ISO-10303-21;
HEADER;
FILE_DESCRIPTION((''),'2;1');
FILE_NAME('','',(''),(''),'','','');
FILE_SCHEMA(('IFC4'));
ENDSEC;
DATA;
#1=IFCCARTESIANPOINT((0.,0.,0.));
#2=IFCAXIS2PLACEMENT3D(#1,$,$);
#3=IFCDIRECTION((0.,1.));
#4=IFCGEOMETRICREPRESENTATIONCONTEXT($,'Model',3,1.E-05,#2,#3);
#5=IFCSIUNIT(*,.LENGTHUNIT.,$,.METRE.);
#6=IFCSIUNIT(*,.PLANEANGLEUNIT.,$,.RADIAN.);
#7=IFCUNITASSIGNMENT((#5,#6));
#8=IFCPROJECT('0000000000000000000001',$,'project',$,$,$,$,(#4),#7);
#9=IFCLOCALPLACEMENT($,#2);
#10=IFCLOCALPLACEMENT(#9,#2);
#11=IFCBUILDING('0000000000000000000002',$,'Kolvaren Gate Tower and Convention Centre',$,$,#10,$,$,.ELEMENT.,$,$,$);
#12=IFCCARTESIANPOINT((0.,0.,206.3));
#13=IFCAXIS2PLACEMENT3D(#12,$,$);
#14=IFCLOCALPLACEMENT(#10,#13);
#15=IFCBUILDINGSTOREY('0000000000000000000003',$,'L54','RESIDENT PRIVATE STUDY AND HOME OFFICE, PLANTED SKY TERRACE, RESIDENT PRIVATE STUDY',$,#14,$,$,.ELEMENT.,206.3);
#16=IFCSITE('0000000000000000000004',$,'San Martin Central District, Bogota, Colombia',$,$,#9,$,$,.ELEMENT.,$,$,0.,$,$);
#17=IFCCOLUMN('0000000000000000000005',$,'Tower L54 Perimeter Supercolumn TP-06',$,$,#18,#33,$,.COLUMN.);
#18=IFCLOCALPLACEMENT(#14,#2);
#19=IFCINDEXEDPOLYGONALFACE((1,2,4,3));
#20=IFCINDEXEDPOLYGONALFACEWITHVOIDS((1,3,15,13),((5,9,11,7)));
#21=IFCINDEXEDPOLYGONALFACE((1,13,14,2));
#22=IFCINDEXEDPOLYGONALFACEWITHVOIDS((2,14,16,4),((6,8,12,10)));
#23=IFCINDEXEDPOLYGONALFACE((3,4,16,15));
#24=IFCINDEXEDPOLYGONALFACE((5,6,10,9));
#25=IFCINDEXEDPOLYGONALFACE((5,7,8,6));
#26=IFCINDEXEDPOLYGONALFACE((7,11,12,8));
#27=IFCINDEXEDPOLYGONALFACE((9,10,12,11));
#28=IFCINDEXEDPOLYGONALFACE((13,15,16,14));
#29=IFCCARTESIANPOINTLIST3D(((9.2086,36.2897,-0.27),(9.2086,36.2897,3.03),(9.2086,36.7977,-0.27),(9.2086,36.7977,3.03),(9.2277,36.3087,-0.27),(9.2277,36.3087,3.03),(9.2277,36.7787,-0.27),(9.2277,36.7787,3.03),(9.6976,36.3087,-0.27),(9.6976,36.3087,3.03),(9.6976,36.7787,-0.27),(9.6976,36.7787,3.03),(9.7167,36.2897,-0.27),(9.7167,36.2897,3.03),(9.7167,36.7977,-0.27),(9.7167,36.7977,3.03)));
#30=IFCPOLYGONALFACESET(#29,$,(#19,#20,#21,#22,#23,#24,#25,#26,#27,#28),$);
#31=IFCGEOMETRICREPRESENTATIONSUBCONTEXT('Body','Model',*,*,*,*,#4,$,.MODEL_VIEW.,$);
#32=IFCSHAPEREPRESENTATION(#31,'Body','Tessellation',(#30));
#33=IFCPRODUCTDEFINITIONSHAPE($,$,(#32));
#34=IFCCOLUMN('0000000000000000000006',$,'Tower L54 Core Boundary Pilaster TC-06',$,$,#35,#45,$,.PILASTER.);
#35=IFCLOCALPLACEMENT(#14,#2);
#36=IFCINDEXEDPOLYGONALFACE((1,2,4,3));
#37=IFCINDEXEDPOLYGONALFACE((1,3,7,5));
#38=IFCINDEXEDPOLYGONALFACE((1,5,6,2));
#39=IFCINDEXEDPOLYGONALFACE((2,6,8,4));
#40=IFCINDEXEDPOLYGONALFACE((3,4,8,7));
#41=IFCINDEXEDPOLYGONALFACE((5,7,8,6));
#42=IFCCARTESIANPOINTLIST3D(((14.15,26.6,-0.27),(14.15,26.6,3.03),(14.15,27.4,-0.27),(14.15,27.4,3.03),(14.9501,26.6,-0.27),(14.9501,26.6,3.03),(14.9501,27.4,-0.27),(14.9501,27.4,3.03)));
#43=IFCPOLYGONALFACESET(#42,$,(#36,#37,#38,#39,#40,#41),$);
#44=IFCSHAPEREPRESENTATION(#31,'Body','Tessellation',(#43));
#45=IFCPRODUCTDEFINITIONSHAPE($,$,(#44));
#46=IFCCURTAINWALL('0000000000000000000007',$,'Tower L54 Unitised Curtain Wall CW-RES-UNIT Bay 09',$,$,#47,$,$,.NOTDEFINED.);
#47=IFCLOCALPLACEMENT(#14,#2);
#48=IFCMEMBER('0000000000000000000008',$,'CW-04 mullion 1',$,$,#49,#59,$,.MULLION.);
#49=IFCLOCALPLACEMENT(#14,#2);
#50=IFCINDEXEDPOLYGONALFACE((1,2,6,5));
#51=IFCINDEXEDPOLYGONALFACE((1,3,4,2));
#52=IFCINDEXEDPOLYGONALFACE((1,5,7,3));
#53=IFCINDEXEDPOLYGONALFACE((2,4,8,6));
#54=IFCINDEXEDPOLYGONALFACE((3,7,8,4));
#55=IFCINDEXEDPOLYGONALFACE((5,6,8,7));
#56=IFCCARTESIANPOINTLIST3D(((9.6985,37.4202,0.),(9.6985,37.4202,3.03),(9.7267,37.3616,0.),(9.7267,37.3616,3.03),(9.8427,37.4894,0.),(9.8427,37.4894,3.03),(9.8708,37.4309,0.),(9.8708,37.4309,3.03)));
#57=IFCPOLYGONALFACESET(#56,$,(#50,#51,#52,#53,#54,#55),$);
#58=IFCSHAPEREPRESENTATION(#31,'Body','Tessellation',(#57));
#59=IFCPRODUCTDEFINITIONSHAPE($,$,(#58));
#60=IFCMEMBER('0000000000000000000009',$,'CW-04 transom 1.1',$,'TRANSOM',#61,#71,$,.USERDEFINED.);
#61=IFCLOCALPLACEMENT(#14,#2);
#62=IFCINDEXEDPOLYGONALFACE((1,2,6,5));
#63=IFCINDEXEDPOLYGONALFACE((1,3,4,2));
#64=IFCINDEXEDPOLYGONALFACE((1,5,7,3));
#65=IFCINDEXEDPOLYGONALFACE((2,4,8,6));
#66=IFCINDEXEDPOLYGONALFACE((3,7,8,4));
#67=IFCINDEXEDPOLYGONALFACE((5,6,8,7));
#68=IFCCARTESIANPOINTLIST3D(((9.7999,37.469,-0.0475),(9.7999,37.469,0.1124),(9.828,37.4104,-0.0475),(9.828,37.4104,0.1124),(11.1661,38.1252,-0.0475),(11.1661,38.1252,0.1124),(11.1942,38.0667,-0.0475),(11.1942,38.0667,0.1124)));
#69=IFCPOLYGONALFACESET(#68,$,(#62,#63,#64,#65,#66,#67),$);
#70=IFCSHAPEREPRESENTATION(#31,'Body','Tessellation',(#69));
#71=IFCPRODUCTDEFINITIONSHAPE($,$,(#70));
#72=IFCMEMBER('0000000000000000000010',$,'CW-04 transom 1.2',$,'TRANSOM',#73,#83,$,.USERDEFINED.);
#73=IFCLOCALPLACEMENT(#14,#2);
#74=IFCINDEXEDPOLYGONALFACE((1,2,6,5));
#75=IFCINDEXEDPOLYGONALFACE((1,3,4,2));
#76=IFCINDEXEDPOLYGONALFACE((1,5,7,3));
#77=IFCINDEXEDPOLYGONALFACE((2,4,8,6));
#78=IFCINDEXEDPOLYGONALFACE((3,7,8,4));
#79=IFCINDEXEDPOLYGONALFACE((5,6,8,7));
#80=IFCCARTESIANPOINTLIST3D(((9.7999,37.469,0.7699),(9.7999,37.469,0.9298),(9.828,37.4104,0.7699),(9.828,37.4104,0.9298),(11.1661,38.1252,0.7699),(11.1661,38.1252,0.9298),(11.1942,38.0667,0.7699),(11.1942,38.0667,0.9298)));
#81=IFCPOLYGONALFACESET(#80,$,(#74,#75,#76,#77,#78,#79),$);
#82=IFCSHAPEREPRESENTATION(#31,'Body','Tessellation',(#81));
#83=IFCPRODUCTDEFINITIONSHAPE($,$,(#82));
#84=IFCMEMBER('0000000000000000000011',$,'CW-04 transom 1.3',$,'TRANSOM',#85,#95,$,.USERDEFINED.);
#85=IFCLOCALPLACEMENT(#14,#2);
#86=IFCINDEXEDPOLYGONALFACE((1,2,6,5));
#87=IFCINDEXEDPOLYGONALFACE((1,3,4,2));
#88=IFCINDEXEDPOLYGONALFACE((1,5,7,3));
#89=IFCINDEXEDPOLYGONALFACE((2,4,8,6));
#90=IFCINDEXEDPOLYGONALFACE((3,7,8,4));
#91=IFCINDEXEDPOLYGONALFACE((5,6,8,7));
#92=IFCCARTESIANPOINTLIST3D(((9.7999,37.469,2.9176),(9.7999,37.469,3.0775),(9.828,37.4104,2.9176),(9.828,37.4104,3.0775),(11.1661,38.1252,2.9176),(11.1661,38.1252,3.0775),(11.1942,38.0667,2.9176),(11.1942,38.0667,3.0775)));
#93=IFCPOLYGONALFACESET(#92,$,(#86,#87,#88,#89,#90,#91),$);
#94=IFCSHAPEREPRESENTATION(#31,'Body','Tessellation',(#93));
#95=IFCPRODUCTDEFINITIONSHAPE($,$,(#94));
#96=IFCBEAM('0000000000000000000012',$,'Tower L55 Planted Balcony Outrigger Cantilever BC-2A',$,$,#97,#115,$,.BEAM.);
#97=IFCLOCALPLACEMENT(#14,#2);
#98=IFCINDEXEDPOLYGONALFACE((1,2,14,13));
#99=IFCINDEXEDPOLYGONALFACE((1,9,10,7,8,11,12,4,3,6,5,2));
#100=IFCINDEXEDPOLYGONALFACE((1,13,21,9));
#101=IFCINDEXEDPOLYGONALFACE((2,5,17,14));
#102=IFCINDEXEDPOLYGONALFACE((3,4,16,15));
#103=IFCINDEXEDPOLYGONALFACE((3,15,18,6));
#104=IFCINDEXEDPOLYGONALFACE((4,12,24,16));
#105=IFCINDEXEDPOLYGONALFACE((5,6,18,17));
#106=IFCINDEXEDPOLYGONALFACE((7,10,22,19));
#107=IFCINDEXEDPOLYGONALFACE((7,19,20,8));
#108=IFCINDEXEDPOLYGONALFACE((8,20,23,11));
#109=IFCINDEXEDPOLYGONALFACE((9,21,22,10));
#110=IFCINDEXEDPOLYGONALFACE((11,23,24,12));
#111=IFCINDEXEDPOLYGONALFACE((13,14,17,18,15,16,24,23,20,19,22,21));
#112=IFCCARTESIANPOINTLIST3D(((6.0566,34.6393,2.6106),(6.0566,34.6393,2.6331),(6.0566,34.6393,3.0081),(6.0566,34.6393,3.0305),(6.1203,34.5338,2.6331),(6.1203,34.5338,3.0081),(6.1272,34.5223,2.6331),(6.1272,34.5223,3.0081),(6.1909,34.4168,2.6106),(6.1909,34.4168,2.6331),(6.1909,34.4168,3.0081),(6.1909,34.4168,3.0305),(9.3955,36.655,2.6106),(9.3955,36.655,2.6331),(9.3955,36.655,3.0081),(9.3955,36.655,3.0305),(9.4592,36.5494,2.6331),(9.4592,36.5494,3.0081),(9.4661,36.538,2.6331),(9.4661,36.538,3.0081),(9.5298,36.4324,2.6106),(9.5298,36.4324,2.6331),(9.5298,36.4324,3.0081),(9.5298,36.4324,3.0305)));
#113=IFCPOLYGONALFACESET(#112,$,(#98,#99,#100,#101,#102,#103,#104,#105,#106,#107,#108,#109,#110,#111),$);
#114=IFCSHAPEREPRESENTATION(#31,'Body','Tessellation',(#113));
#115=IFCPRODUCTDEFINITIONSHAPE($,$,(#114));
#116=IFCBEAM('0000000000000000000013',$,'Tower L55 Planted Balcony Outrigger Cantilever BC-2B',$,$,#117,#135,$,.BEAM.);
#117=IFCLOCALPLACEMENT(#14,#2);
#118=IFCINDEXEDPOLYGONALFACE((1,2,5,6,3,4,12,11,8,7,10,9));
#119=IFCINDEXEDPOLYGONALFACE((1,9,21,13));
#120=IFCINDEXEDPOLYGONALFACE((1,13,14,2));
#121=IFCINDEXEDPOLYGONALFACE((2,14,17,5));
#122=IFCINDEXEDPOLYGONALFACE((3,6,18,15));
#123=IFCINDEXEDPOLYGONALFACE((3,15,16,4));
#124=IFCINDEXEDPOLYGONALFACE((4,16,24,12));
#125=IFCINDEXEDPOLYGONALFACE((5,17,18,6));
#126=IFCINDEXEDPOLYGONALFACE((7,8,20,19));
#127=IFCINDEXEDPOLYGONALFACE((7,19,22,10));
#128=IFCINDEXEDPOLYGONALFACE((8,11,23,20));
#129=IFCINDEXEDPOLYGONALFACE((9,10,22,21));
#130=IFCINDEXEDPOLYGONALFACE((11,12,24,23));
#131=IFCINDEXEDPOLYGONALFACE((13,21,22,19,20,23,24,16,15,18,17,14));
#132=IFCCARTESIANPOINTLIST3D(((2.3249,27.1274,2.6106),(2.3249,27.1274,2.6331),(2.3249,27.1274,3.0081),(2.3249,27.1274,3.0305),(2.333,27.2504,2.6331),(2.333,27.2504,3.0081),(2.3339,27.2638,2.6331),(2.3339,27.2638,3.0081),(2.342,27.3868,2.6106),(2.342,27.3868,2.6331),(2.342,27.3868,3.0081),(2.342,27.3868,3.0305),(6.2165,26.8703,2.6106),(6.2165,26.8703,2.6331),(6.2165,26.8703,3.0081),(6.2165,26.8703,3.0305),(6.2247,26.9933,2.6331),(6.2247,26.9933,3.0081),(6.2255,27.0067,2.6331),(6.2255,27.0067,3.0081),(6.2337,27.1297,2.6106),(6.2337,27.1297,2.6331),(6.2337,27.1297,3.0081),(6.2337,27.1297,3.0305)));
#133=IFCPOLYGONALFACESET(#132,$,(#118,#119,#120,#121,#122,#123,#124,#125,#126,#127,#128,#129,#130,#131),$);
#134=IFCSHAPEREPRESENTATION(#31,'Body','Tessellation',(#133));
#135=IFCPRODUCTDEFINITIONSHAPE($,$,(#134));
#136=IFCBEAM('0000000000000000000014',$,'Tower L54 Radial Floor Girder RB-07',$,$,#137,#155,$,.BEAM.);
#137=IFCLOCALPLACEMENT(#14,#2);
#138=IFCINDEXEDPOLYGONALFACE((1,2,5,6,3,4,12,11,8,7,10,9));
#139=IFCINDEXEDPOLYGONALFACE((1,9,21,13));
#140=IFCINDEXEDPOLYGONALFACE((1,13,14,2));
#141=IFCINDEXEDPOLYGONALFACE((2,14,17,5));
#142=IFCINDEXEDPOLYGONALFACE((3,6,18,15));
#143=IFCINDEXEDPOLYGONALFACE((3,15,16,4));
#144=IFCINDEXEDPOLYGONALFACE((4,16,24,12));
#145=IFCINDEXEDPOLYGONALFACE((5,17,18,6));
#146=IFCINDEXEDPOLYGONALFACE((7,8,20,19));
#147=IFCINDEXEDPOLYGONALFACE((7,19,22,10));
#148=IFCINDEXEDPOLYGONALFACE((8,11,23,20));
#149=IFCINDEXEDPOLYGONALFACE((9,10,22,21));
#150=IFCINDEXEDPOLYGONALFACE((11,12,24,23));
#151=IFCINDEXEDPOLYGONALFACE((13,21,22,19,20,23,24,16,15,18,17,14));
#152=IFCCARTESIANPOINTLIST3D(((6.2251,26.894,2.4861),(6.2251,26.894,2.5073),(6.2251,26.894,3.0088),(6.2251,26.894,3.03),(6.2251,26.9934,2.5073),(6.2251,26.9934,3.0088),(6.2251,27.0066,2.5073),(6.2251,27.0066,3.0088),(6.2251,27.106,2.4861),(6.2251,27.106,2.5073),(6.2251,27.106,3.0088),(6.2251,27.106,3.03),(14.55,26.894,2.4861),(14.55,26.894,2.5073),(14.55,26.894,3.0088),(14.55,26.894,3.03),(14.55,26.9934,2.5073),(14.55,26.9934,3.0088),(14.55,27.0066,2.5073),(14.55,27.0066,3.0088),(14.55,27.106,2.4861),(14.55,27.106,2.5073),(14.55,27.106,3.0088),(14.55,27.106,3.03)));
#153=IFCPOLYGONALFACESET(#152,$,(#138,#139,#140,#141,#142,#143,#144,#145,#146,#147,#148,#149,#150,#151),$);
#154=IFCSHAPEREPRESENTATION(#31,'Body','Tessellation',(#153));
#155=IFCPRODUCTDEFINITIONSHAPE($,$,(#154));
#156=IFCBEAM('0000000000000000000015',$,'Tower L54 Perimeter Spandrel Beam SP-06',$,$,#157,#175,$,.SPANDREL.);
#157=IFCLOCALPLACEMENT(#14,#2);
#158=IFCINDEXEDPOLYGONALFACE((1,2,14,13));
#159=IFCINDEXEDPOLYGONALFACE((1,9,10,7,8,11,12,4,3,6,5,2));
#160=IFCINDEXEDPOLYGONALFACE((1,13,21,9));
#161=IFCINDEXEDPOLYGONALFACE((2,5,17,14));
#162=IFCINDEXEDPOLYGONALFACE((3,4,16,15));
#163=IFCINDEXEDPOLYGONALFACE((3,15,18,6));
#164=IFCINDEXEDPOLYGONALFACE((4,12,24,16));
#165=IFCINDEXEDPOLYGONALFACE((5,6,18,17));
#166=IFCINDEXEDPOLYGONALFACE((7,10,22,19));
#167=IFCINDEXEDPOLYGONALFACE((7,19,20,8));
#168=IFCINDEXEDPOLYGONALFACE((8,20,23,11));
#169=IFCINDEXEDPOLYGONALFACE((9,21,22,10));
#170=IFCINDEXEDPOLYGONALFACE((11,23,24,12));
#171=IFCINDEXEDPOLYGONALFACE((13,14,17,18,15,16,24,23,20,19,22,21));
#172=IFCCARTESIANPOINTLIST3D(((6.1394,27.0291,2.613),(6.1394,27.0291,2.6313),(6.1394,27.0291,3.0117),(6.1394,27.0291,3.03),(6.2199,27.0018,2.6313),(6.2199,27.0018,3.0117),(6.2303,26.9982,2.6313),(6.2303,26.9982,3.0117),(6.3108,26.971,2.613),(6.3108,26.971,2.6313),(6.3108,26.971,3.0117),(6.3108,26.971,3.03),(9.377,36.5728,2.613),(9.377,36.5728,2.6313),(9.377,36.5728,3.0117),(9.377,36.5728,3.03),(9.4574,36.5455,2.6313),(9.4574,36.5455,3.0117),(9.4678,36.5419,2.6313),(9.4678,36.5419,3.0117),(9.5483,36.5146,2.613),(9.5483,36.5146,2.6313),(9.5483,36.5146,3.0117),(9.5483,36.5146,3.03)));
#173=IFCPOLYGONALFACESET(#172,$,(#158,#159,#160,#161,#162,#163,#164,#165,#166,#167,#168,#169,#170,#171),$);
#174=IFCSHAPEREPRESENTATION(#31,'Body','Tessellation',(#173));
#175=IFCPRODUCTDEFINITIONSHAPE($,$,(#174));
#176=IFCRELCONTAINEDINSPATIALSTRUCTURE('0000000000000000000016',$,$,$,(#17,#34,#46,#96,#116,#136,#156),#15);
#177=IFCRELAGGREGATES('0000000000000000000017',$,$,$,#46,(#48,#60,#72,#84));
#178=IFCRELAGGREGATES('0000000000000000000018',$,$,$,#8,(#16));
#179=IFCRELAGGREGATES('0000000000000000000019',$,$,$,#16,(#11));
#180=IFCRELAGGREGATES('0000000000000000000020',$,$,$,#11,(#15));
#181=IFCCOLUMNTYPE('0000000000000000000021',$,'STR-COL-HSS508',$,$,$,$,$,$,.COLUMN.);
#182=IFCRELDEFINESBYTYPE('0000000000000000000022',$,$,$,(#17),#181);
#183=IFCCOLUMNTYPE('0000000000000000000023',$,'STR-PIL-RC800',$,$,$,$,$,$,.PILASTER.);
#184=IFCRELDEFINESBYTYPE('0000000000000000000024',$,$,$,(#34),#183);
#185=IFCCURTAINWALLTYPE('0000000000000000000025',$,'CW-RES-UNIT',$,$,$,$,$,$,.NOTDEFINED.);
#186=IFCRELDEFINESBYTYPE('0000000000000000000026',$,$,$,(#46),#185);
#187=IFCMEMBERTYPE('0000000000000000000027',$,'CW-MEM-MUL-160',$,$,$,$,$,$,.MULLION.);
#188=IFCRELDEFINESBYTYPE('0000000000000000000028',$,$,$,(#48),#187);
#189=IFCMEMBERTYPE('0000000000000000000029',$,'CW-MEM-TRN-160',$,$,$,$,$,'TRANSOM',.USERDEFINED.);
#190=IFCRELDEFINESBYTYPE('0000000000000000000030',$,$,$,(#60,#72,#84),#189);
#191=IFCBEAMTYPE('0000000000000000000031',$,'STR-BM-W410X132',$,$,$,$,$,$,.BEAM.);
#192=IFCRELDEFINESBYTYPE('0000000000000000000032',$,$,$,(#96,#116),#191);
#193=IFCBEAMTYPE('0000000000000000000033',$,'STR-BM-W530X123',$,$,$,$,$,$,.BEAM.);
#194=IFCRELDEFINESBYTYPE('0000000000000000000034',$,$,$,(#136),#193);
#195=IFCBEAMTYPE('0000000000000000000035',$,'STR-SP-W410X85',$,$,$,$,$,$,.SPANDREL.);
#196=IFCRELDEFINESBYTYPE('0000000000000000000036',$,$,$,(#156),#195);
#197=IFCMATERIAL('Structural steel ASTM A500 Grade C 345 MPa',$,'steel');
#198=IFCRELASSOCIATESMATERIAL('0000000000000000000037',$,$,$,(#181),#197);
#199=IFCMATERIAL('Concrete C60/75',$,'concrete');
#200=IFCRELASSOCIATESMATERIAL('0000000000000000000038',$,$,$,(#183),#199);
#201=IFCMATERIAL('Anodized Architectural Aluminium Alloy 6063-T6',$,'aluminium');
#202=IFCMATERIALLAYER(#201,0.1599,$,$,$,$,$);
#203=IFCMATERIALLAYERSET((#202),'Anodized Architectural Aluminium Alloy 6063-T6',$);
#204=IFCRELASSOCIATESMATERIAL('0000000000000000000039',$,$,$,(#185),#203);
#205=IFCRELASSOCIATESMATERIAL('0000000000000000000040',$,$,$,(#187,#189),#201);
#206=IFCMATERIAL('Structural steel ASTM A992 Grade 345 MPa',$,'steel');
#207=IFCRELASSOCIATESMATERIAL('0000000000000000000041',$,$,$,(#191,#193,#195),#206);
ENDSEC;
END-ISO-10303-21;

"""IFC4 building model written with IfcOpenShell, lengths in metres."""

from ifc_helpers import new_model, si_unit, direction, frame, origin, origin_2d, place, context, subcontext, project, spatial, rectangle, hollow_rectangle, i_section, extrude, material, layer, layer_set, material_profile, profile_set, type_object, element, aggregate, save


model = new_model("IFC4")

# Units and contexts
model_context = context("Model", 3, precision=1e-05, world=origin(), true_north=direction((0.0, 1.0)))
body_context = subcontext(model_context, "Body", "Model", "MODEL_VIEW")
ifc_project = project(units=[si_unit("LENGTHUNIT", "METRE"), si_unit("PLANEANGLEUNIT", "RADIAN")], contexts=[model_context])

# Site, building, storey
site_placement = place(None, origin())
site = spatial("IfcSite", under=ifc_project, at=site_placement, Name="San Martin Central District, Bogota, Colombia", CompositionType="ELEMENT", RefElevation=0.0)
building_placement = place(site_placement, origin())
building = spatial("IfcBuilding", under=site, at=building_placement, Name="Kolvaren Gate Tower and Convention Centre", CompositionType="ELEMENT")
storey_placement = place(building_placement, frame((0.0, 0.0, 206.3)))
storey = spatial("IfcBuildingStorey", under=building, at=storey_placement, Name="L54", Description="RESIDENT PRIVATE STUDY AND HOME OFFICE, PLANTED SKY TERRACE, RESIDENT PRIVATE STUDY", CompositionType="ELEMENT", Elevation=206.3)

# Columns
ifc_material_1 = material(Name="Structural steel ASTM A500 Grade C 345 MPa", Category="steel")
ifc_material_profile_1 = material_profile(ifc_material_1, hollow_rectangle(XDim=0.5081, YDim=0.5081, WallThickness=0.019, at=origin_2d()), Name="HSS508X508X19.1")
ifc_profile_set_1 = profile_set([ifc_material_profile_1], Name="Structural steel ASTM A500 Grade C 345 MPa")
column_type_1 = type_object("IfcColumnType", Name="STR-COL-HSS508", PredefinedType="COLUMN", material=ifc_profile_set_1)
column_1_placement = place(storey_placement, frame((9.4626, 36.5437, -0.27), z_axis=(0.0, 0.0, 1.0), x_axis=(1.0, 0.0, 0.0)))
element("IfcColumn", 1, at=column_1_placement, inside=storey, type_object=column_type_1, Name="Tower L54 Perimeter Supercolumn TP-06", PredefinedType="COLUMN", context=body_context, shape_type="SweptSolid", body=[
    extrude(hollow_rectangle(XDim=0.5081, YDim=0.5081, WallThickness=0.019, at=origin_2d()), origin(), (0.0, 0.0, 1.0), 3.3),
])
ifc_material_2 = material(Name="Concrete C60/75", Category="concrete")
ifc_material_profile_2 = material_profile(ifc_material_2, rectangle(XDim=0.8, YDim=0.8, at=origin_2d()), Name="RC-COL-800X800")
ifc_profile_set_2 = profile_set([ifc_material_profile_2], Name="Concrete C60/75")
column_type_2 = type_object("IfcColumnType", Name="STR-PIL-RC800", PredefinedType="PILASTER", material=ifc_profile_set_2)
column_2_placement = place(storey_placement, frame((14.55, 27.0, -0.27), z_axis=(0.0, 0.0, 1.0), x_axis=(1.0, 0.0, 0.0)))
element("IfcColumn", 2, at=column_2_placement, inside=storey, type_object=column_type_2, Name="Tower L54 Core Boundary Pilaster TC-06", PredefinedType="PILASTER", context=body_context, shape_type="SweptSolid", body=[
    extrude(rectangle(XDim=0.8, YDim=0.8, at=origin_2d()), origin(), (0.0, 0.0, 1.0), 3.3),
])

# Curtain wall, members
ifc_material_3 = material(Name="Anodized Architectural Aluminium Alloy 6063-T6", Category="aluminium")
ifc_layer_1 = layer(ifc_material_3, 0.1599)
ifc_layer_set_1 = layer_set([ifc_layer_1], Name="Anodized Architectural Aluminium Alloy 6063-T6")
curtain_wall_type = type_object("IfcCurtainWallType", Name="CW-RES-UNIT", PredefinedType="NOTDEFINED", material=ifc_layer_set_1)
curtain_wall_placement = place(storey_placement, origin())
curtain_wall = element("IfcCurtainWall", 3, at=curtain_wall_placement, inside=storey, type_object=curtain_wall_type, Name="Tower L54 Unitised Curtain Wall CW-RES-UNIT Bay 09", PredefinedType="NOTDEFINED")
ifc_material_profile_3 = material_profile(ifc_material_3, rectangle(XDim=0.0649, YDim=0.1599, at=origin_2d()), Name="CW-MEM-MUL-160")
ifc_profile_set_3 = profile_set([ifc_material_profile_3], Name="Anodized Architectural Aluminium Alloy 6063-T6")
member_type_1 = type_object("IfcMemberType", Name="CW-MEM-MUL-160", PredefinedType="MULLION", material=ifc_profile_set_3)
member_1_placement = place(storey_placement, frame((9.7847, 37.4255, 0.0), z_axis=(0.0, 0.0, 1.0), x_axis=(-0.433066, 0.901362, 0.0)))
member_1 = element("IfcMember", 4, at=member_1_placement, type_object=member_type_1, Name="CW-04 mullion 1", PredefinedType="MULLION", context=body_context, shape_type="SweptSolid", body=[
    extrude(rectangle(XDim=0.0649, YDim=0.1599, at=origin_2d()), origin(), (0.0, 0.0, 1.0), 3.03),
])
ifc_material_profile_4 = material_profile(ifc_material_3, rectangle(XDim=0.0649, YDim=0.1599, at=origin_2d()), Name="CW-MEM-TRN-160")
ifc_profile_set_4 = profile_set([ifc_material_profile_4], Name="Anodized Architectural Aluminium Alloy 6063-T6")
member_type_2 = type_object("IfcMemberType", Name="CW-MEM-TRN-160", ElementType="TRANSOM", PredefinedType="USERDEFINED", material=ifc_profile_set_4)
member_2_placement = place(storey_placement, frame((9.814, 37.4397, 0.0325), z_axis=(0.901402, 0.432982, 0.0), x_axis=(-0.432982, 0.901402, 0.0)))
member_2 = element("IfcMember", 5, at=member_2_placement, type_object=member_type_2, Name="CW-04 transom 1.1", ObjectType="TRANSOM", PredefinedType="USERDEFINED", context=body_context, shape_type="SweptSolid", body=[
    extrude(rectangle(XDim=0.0649, YDim=0.1599, at=origin_2d()), origin(), (0.0, 0.0, 1.0), 1.5156),
])
member_3_placement = place(storey_placement, frame((9.814, 37.4397, 0.8499), z_axis=(0.901402, 0.432982, 0.0), x_axis=(-0.432982, 0.901402, 0.0)))
member_3 = element("IfcMember", 6, at=member_3_placement, type_object=member_type_2, Name="CW-04 transom 1.2", ObjectType="TRANSOM", PredefinedType="USERDEFINED", context=body_context, shape_type="SweptSolid", body=[
    extrude(rectangle(XDim=0.0649, YDim=0.1599, at=origin_2d()), origin(), (0.0, 0.0, 1.0), 1.5156),
])
member_4_placement = place(storey_placement, frame((9.814, 37.4397, 2.9976), z_axis=(0.901402, 0.432982, 0.0), x_axis=(-0.432982, 0.901402, 0.0)))
member_4 = element("IfcMember", 7, at=member_4_placement, type_object=member_type_2, Name="CW-04 transom 1.3", ObjectType="TRANSOM", PredefinedType="USERDEFINED", context=body_context, shape_type="SweptSolid", body=[
    extrude(rectangle(XDim=0.0649, YDim=0.1599, at=origin_2d()), origin(), (0.0, 0.0, 1.0), 1.5156),
])

# Beams
ifc_material_4 = material(Name="Structural steel ASTM A992 Grade 345 MPa", Category="steel")
ifc_material_profile_5 = material_profile(ifc_material_4, i_section(OverallWidth=0.26, OverallDepth=0.4199, WebThickness=0.0134, FlangeThickness=0.0225, at=origin_2d()), Name="W410X132")
ifc_profile_set_5 = profile_set([ifc_material_profile_5], Name="Structural steel ASTM A992 Grade 345 MPa")
beam_type_1 = type_object("IfcBeamType", Name="STR-BM-W410X132", PredefinedType="BEAM", material=ifc_profile_set_5)
for number, where, z_axis, x_axis, name in (
    (8, (9.4626, 36.5437, 2.8206), (-0.856098, -0.516814, 0.0), (0.516814, -0.856098, 0.0), "Tower L55 Planted Balcony Outrigger Cantilever BC-2A"),
    (9, (6.2251, 27.0, 2.8206), (-0.997825, 0.065917, 0.0), (-0.065917, -0.997825, 0.0), "Tower L55 Planted Balcony Outrigger Cantilever BC-2B"),
):
    element("IfcBeam", number, at=place(storey_placement, frame(where, z_axis=z_axis, x_axis=x_axis)), inside=storey, type_object=beam_type_1, Name=name, PredefinedType="BEAM", context=body_context, shape_type="SweptSolid", body=[
        extrude(i_section(OverallWidth=0.26, OverallDepth=0.4199, WebThickness=0.0134, FlangeThickness=0.0225, at=origin_2d()), origin(), (0.0, 0.0, 1.0), 3.9001),
    ])
ifc_material_profile_6 = material_profile(ifc_material_4, i_section(OverallWidth=0.2119, OverallDepth=0.5439, WebThickness=0.0132, FlangeThickness=0.0212, at=origin_2d()), Name="W530X123")
ifc_profile_set_6 = profile_set([ifc_material_profile_6], Name="Structural steel ASTM A992 Grade 345 MPa")
beam_type_2 = type_object("IfcBeamType", Name="STR-BM-W530X123", PredefinedType="BEAM", material=ifc_profile_set_6)
beam_1_placement = place(storey_placement, frame((14.55, 27.0, 2.7581), z_axis=(-1.0, 0.0, 0.0), x_axis=(0.0, -1.0, 0.0)))
element("IfcBeam", 10, at=beam_1_placement, inside=storey, type_object=beam_type_2, Name="Tower L54 Radial Floor Girder RB-07", PredefinedType="BEAM", context=body_context, shape_type="SweptSolid", body=[
    extrude(i_section(OverallWidth=0.2119, OverallDepth=0.5439, WebThickness=0.0132, FlangeThickness=0.0212, at=origin_2d()), origin(), (0.0, 0.0, 1.0), 8.325),
])
ifc_material_profile_7 = material_profile(ifc_material_4, i_section(OverallWidth=0.1809, OverallDepth=0.417, WebThickness=0.011, FlangeThickness=0.0183, at=origin_2d()), Name="W410X85")
ifc_profile_set_7 = profile_set([ifc_material_profile_7], Name="Structural steel ASTM A992 Grade 345 MPa")
beam_type_3 = type_object("IfcBeamType", Name="STR-SP-W410X85", PredefinedType="SPANDREL", material=ifc_profile_set_7)
for number, where, z_axis, x_axis, name in (
    (11, (9.4626, 36.5437, 2.8215), (-0.321253, -0.946994, 0.0), (0.946994, -0.321253, 0.0), "Tower L54 Perimeter Spandrel Beam SP-06"),
):
    element("IfcBeam", number, at=place(storey_placement, frame(where, z_axis=z_axis, x_axis=x_axis)), inside=storey, type_object=beam_type_3, Name=name, PredefinedType="SPANDREL", context=body_context, shape_type="SweptSolid", body=[
        extrude(i_section(OverallWidth=0.1809, OverallDepth=0.417, WebThickness=0.011, FlangeThickness=0.0183, at=origin_2d()), origin(), (0.0, 0.0, 1.0), 10.0779),
    ])

aggregate(curtain_wall, [member_1, member_2, member_3, member_4])

save(model, "model.ifc")
